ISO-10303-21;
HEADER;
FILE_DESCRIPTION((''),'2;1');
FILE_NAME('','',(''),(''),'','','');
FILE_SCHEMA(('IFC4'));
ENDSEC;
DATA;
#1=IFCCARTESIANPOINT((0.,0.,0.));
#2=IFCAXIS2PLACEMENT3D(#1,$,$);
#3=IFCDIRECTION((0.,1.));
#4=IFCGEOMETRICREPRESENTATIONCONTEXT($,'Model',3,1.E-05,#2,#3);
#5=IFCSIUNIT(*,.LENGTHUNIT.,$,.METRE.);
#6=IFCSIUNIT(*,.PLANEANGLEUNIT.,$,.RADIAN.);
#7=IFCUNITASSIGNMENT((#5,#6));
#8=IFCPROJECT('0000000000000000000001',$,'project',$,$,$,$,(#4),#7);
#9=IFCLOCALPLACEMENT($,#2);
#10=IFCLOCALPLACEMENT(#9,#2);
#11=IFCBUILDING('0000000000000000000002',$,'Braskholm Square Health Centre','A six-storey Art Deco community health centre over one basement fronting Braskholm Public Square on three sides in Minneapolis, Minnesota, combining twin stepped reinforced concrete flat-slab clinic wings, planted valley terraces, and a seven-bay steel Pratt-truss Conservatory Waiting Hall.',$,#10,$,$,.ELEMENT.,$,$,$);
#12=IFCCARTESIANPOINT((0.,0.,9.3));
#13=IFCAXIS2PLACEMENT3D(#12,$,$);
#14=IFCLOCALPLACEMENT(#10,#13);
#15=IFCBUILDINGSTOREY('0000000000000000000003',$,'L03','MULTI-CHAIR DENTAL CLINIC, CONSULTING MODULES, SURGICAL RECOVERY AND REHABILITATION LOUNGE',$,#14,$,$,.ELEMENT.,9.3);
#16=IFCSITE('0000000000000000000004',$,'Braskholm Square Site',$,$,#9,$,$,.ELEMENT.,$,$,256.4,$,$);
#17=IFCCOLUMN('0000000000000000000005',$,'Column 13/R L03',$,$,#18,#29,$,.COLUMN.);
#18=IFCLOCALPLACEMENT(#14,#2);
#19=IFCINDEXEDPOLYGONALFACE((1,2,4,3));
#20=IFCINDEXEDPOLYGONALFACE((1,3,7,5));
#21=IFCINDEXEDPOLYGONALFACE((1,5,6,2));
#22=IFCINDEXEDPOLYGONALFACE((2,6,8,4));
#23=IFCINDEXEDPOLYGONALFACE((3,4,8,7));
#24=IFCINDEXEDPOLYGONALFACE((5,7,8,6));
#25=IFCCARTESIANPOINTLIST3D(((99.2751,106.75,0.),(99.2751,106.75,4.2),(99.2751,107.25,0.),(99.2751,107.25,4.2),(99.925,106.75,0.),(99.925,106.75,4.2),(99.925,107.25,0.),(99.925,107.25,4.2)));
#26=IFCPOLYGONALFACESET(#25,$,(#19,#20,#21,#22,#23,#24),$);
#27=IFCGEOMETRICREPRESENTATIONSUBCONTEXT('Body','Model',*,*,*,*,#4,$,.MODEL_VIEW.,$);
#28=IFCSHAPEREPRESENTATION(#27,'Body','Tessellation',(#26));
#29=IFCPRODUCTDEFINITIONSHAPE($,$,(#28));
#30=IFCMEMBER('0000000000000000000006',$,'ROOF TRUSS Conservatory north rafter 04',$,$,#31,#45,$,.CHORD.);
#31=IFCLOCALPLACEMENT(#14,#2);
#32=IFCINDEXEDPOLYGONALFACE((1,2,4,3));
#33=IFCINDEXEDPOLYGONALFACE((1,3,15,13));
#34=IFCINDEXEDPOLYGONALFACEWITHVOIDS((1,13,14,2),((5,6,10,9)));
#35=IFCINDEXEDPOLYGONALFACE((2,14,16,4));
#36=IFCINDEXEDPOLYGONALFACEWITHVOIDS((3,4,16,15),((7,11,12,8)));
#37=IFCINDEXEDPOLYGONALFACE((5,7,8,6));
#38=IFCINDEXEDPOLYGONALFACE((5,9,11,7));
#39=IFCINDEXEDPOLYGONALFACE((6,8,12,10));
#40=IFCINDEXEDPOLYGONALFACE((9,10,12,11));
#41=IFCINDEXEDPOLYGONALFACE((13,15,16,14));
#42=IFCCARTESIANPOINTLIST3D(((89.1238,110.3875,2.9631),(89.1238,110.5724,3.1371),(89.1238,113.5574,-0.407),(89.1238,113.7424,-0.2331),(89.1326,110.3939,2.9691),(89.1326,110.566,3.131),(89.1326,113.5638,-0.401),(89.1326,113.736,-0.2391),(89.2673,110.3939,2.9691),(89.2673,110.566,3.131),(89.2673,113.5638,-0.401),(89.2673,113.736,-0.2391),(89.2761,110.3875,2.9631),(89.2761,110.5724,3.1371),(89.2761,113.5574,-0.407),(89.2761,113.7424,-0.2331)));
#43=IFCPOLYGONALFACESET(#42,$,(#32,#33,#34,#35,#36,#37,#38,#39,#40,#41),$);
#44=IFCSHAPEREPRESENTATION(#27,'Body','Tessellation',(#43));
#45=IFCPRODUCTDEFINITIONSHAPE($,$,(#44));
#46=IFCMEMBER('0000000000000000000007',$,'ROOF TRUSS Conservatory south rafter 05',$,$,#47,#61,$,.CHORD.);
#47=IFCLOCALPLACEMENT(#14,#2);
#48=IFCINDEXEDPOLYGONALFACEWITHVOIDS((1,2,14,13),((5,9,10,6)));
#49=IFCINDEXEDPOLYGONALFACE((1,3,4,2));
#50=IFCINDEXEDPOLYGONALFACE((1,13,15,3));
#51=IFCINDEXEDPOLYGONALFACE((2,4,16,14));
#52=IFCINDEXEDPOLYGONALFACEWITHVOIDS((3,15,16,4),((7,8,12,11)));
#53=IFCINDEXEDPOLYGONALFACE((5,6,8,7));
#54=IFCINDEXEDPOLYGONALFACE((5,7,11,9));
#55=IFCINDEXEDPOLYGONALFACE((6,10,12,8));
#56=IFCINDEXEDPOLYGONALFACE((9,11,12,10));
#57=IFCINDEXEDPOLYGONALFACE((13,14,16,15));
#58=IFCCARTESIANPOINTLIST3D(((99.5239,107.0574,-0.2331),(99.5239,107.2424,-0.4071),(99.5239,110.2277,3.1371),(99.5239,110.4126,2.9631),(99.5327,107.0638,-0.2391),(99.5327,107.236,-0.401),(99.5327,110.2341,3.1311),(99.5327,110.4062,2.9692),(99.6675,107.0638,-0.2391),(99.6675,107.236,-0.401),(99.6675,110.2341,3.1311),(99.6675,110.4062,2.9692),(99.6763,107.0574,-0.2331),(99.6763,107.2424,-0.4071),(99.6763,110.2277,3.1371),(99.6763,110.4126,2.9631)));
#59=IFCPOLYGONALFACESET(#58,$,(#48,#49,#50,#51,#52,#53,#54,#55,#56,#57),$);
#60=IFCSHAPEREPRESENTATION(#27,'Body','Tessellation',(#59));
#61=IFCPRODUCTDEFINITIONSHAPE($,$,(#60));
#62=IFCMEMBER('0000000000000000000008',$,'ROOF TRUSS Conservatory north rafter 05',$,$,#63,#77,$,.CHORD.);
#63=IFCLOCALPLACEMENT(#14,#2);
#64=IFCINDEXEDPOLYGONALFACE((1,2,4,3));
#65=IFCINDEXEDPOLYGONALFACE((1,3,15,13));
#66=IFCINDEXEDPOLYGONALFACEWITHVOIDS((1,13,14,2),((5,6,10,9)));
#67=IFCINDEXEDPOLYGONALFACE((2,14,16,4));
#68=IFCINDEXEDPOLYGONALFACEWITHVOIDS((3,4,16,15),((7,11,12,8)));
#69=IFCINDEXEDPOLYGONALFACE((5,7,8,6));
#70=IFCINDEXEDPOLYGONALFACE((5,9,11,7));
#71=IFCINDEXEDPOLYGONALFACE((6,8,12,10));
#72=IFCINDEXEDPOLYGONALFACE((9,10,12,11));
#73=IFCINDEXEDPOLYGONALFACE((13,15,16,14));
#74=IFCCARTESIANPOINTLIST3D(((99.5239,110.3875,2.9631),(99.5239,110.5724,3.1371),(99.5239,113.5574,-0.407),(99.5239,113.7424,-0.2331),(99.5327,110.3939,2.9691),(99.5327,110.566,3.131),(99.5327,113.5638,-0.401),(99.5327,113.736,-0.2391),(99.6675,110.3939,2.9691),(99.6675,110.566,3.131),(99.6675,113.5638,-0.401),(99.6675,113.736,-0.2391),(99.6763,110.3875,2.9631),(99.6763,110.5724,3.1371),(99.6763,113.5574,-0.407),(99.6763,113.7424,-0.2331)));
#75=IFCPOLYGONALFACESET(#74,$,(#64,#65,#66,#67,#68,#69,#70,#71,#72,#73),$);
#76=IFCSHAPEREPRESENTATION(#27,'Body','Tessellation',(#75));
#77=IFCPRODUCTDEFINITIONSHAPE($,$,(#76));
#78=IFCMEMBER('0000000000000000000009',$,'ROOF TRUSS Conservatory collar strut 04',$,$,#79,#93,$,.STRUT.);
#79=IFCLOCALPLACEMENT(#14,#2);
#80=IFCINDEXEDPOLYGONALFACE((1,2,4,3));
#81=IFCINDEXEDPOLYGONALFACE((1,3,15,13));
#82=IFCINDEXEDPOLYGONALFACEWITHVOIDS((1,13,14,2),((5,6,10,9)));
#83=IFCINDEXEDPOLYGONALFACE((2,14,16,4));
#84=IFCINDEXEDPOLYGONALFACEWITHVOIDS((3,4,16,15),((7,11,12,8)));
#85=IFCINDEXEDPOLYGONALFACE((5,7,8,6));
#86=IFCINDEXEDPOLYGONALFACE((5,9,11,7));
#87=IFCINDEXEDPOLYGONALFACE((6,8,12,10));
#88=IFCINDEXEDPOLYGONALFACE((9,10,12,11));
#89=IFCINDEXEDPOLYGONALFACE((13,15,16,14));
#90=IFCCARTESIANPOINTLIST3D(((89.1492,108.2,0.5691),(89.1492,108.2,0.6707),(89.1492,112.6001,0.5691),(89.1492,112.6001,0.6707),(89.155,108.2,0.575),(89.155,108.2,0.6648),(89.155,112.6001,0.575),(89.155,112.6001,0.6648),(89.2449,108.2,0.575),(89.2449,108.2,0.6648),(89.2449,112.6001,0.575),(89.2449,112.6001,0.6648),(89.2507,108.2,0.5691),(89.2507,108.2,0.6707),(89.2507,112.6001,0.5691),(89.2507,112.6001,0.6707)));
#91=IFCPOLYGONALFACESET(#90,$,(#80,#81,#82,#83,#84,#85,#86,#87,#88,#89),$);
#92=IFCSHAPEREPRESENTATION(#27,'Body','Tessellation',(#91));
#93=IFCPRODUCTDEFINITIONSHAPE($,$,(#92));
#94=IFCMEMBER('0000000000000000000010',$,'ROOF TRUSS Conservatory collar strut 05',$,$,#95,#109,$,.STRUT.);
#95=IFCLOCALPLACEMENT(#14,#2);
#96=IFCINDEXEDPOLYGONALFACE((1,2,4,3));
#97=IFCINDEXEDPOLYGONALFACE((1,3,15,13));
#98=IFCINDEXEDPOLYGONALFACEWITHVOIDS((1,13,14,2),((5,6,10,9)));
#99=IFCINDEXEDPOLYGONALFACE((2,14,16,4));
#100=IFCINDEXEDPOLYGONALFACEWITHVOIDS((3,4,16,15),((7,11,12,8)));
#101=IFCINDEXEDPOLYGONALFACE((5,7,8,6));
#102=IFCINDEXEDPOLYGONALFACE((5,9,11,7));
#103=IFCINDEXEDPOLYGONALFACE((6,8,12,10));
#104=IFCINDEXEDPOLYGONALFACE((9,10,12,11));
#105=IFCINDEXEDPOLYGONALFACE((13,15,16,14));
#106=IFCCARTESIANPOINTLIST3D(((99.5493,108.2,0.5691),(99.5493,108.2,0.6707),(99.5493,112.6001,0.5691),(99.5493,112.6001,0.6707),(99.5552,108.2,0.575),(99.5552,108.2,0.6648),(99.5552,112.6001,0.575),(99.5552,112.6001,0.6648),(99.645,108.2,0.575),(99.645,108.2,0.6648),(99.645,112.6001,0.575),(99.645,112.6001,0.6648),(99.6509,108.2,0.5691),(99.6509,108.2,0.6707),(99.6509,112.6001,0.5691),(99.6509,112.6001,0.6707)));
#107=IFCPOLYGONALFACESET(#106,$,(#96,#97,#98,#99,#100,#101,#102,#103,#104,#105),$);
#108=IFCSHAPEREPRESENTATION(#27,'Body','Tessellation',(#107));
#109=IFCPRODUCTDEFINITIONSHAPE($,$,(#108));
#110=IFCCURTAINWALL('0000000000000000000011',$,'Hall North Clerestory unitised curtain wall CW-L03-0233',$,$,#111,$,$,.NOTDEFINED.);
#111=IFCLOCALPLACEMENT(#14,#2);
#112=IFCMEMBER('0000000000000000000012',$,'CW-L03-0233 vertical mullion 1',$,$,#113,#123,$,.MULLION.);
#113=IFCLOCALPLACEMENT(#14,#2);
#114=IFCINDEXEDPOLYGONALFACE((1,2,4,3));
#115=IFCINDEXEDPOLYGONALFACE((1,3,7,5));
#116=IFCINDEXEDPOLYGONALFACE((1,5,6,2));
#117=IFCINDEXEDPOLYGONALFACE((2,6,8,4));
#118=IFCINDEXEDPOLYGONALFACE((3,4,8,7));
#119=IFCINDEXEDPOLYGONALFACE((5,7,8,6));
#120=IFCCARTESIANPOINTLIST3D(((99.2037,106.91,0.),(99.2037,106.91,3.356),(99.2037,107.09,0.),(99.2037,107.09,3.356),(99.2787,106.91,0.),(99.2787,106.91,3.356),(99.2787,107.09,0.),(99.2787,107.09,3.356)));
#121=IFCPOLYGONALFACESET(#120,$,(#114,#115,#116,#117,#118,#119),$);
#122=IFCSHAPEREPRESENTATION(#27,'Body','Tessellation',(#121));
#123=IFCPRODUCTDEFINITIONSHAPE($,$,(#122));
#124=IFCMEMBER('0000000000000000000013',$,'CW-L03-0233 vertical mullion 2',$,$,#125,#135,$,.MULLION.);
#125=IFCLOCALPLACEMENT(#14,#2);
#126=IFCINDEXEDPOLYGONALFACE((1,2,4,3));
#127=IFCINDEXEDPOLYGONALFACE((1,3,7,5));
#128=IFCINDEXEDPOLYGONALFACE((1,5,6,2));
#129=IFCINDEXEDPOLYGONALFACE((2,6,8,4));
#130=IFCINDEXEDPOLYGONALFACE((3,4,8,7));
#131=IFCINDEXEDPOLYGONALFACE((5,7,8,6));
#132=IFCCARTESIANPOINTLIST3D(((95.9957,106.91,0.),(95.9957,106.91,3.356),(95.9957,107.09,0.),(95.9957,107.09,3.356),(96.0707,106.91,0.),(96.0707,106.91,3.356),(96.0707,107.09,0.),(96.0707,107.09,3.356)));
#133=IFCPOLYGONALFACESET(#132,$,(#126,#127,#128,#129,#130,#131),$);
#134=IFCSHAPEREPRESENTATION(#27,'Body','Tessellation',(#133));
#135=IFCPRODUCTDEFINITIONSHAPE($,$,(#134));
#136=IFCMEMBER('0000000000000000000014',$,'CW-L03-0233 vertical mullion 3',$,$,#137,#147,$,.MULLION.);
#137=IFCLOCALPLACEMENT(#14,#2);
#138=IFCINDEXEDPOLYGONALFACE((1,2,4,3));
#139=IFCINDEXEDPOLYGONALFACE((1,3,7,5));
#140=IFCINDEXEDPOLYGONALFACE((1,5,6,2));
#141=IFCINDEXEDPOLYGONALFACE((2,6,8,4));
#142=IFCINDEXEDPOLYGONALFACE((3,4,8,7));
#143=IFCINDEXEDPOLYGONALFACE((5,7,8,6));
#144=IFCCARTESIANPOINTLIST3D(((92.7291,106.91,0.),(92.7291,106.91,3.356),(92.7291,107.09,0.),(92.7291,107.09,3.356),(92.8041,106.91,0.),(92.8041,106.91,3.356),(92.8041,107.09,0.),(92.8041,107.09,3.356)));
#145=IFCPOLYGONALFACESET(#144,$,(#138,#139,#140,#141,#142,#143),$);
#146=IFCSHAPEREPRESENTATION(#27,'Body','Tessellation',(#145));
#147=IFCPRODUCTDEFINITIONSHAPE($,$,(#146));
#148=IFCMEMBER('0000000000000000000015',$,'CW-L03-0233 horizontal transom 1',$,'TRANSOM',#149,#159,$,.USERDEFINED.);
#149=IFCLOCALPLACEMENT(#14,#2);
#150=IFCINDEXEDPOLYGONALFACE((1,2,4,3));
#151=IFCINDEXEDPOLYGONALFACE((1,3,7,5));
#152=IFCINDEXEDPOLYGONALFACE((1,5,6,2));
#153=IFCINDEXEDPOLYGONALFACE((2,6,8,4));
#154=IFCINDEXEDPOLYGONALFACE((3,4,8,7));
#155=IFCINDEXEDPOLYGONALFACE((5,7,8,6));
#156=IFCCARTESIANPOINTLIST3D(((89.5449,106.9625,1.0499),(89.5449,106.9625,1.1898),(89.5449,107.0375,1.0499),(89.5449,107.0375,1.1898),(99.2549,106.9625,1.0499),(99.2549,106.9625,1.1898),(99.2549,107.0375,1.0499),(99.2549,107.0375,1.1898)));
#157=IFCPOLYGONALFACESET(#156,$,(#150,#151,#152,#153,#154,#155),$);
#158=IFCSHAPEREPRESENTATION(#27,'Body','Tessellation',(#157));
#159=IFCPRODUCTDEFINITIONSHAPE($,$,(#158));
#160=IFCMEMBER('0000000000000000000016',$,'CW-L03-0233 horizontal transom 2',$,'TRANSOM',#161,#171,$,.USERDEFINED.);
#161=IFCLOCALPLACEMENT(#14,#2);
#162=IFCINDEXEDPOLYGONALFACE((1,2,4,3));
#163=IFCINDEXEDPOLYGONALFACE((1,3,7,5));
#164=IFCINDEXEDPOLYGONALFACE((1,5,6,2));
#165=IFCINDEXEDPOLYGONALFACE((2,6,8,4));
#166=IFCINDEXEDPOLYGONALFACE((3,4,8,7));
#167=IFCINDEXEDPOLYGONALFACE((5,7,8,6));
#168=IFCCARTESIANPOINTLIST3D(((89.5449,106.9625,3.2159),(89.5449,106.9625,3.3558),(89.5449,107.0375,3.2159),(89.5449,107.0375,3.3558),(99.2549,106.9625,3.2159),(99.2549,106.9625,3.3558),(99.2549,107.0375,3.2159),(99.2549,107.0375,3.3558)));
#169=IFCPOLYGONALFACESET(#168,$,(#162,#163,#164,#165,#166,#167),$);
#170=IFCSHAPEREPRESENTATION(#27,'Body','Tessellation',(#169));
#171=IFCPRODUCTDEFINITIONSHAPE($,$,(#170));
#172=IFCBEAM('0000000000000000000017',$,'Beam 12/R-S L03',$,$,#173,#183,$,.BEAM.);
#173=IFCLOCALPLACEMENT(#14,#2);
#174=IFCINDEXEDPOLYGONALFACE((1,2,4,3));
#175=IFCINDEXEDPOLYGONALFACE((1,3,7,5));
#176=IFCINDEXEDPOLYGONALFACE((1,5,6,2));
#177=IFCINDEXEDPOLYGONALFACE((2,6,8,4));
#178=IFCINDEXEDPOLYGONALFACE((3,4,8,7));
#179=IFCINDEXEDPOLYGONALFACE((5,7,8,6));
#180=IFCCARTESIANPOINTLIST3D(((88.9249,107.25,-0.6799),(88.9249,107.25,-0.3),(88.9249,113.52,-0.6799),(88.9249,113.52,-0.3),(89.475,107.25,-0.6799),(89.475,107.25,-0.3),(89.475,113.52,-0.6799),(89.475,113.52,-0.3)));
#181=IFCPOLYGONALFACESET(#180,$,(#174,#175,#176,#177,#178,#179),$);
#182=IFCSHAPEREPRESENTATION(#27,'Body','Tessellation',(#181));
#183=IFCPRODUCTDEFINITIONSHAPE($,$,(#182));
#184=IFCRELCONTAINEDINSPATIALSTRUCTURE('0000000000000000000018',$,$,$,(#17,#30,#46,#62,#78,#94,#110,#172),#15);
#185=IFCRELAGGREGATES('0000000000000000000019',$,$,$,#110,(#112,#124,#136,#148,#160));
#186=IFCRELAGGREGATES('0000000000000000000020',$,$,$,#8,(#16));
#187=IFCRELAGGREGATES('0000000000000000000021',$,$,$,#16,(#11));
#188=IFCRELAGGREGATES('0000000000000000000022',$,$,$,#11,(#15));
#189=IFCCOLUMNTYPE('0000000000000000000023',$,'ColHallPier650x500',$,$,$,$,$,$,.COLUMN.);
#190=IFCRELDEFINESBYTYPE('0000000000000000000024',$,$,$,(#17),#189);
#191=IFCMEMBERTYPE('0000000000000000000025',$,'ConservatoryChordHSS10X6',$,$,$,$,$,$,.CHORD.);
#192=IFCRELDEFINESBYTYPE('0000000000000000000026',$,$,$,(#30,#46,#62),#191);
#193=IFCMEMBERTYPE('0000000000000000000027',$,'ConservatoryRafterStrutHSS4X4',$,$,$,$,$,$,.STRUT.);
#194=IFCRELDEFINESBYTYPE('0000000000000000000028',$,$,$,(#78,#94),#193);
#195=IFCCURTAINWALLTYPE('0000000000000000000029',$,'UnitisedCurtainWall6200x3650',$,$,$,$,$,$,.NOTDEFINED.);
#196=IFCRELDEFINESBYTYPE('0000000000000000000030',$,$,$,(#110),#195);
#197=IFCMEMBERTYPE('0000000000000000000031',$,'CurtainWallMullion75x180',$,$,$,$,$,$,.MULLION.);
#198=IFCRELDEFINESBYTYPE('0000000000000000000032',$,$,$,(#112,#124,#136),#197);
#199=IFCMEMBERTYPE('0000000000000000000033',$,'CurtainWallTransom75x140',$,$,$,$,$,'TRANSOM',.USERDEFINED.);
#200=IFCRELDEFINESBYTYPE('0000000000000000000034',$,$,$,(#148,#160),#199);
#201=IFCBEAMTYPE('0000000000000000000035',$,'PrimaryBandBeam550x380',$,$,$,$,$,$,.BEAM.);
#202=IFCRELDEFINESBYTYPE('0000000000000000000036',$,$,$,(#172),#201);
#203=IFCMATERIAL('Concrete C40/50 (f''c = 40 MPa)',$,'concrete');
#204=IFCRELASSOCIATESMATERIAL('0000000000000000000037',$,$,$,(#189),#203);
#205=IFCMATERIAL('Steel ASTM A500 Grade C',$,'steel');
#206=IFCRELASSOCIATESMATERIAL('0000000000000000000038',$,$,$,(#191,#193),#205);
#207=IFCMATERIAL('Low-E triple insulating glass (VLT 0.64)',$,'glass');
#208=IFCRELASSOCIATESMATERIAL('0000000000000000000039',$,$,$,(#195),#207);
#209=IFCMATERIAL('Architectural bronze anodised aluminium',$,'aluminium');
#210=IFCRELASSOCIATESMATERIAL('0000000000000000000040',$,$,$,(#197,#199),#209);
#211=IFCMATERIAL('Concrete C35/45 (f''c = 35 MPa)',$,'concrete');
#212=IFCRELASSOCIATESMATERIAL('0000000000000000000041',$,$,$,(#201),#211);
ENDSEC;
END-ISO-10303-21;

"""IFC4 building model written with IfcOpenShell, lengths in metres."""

from ifc_helpers import new_model, si_unit, direction, frame, origin, origin_2d, place, context, subcontext, project, spatial, rectangle, hollow_rectangle, extrude, material, material_profile, profile_set, type_object, element, aggregate, save


model = new_model("IFC4")

# Units and contexts
model_context = context("Model", 3, precision=1e-05, world=origin(), true_north=direction((0.0, 1.0)))
body_context = subcontext(model_context, "Body", "Model", "MODEL_VIEW")
ifc_project = project(units=[si_unit("LENGTHUNIT", "METRE"), si_unit("PLANEANGLEUNIT", "RADIAN")], contexts=[model_context])

# Site, building, storey
site_placement = place(None, origin())
site = spatial("IfcSite", under=ifc_project, at=site_placement, Name="Braskholm Square Site", CompositionType="ELEMENT", RefElevation=256.4)
building_placement = place(site_placement, origin())
building = spatial("IfcBuilding", under=site, at=building_placement, Name="Braskholm Square Health Centre", Description="A six-storey Art Deco community health centre over one basement fronting Braskholm Public Square on three sides in Minneapolis, Minnesota, combining twin stepped reinforced concrete flat-slab clinic wings, planted valley terraces, and a seven-bay steel Pratt-truss Conservatory Waiting Hall.", CompositionType="ELEMENT")
storey_placement = place(building_placement, frame((0.0, 0.0, 9.3)))
storey = spatial("IfcBuildingStorey", under=building, at=storey_placement, Name="L03", Description="MULTI-CHAIR DENTAL CLINIC, CONSULTING MODULES, SURGICAL RECOVERY AND REHABILITATION LOUNGE", CompositionType="ELEMENT", Elevation=9.3)

# Column
ifc_material_1 = material(Name="Concrete C40/50 (f'c = 40 MPa)", Category="concrete")
ifc_material_profile_1 = material_profile(ifc_material_1, rectangle(XDim=0.6499, YDim=0.5, at=origin_2d()), Name="RC-650X500")
ifc_profile_set_1 = profile_set([ifc_material_profile_1], Name="Concrete C40/50 (f'c = 40 MPa)")
column_type = type_object("IfcColumnType", Name="ColHallPier650x500", PredefinedType="COLUMN", material=ifc_profile_set_1)
column_placement = place(storey_placement, frame((99.6001, 107.0, 0.0), z_axis=(0.0, 0.0, 1.0), x_axis=(1.0, 0.0, 0.0)))
element("IfcColumn", 1, at=column_placement, inside=storey, type_object=column_type, Name="Column 13/R L03", PredefinedType="COLUMN", context=body_context, shape_type="SweptSolid", body=[
    extrude(rectangle(XDim=0.6499, YDim=0.5, at=origin_2d()), origin(), (0.0, 0.0, 1.0), 4.2),
])

# Members
ifc_material_2 = material(Name="Steel ASTM A500 Grade C", Category="steel")
ifc_material_profile_2 = material_profile(ifc_material_2, hollow_rectangle(XDim=0.1523, YDim=0.2539, WallThickness=0.0088, at=origin_2d()), Name="HSS10X6X3/8")
ifc_profile_set_2 = profile_set([ifc_material_profile_2], Name="Steel ASTM A500 Grade C")
member_type_1 = type_object("IfcMemberType", Name="ConservatoryChordHSS10X6", PredefinedType="CHORD", material=ifc_profile_set_2)
member_1_placement = place(storey_placement, frame((89.2, 113.6499, -0.3201), z_axis=(0.0, -0.685141, 0.728411), x_axis=(1.0, 0.0, 0.0)))
element("IfcMember", 2, at=member_1_placement, inside=storey, type_object=member_type_1, Name="ROOF TRUSS Conservatory north rafter 04", PredefinedType="CHORD", context=body_context, shape_type="SweptSolid", body=[
    extrude(hollow_rectangle(XDim=0.1523, YDim=0.2539, WallThickness=0.0088, at=origin_2d()), origin(), (0.0, 0.0, 1.0), 4.6267),
])
member_2_placement = place(storey_placement, frame((99.6001, 107.1499, -0.3201), z_axis=(0.0, 0.685169, 0.728384), x_axis=(-1.0, 0.0, 0.0)))
element("IfcMember", 3, at=member_2_placement, inside=storey, type_object=member_type_1, Name="ROOF TRUSS Conservatory south rafter 05", PredefinedType="CHORD", context=body_context, shape_type="SweptSolid", body=[
    extrude(hollow_rectangle(XDim=0.1523, YDim=0.2539, WallThickness=0.0088, at=origin_2d()), origin(), (0.0, 0.0, 1.0), 4.627),
])
member_3_placement = place(storey_placement, frame((99.6001, 113.6499, -0.3201), z_axis=(0.0, -0.685141, 0.728411), x_axis=(1.0, 0.0, 0.0)))
element("IfcMember", 4, at=member_3_placement, inside=storey, type_object=member_type_1, Name="ROOF TRUSS Conservatory north rafter 05", PredefinedType="CHORD", context=body_context, shape_type="SweptSolid", body=[
    extrude(hollow_rectangle(XDim=0.1523, YDim=0.2539, WallThickness=0.0088, at=origin_2d()), origin(), (0.0, 0.0, 1.0), 4.6267),
])
ifc_material_profile_3 = material_profile(ifc_material_2, hollow_rectangle(XDim=0.1016, YDim=0.1016, WallThickness=0.0059, at=origin_2d()), Name="HSS4X4X1/4")
ifc_profile_set_3 = profile_set([ifc_material_profile_3], Name="Steel ASTM A500 Grade C")
member_type_2 = type_object("IfcMemberType", Name="ConservatoryRafterStrutHSS4X4", PredefinedType="STRUT", material=ifc_profile_set_3)
for number, where, z_axis, x_axis, name in (
    (5, (89.2, 108.2, 0.6199), (0.0, 1.0, 0.0), (-1.0, 0.0, 0.0), "ROOF TRUSS Conservatory collar strut 04"),
    (6, (99.6001, 108.2, 0.6199), (0.0, 1.0, 0.0), (-1.0, 0.0, 0.0), "ROOF TRUSS Conservatory collar strut 05"),
):
    element("IfcMember", number, at=place(storey_placement, frame(where, z_axis=z_axis, x_axis=x_axis)), inside=storey, type_object=member_type_2, Name=name, PredefinedType="STRUT", context=body_context, shape_type="SweptSolid", body=[
        extrude(hollow_rectangle(XDim=0.1016, YDim=0.1016, WallThickness=0.0059, at=origin_2d()), origin(), (0.0, 0.0, 1.0), 4.4001),
    ])

# Curtain wall, members
ifc_material_3 = material(Name="Low-E triple insulating glass (VLT 0.64)", Category="glass")
curtain_wall_type = type_object("IfcCurtainWallType", Name="UnitisedCurtainWall6200x3650", PredefinedType="NOTDEFINED", material=ifc_material_3)
curtain_wall_placement = place(storey_placement, origin())
curtain_wall = element("IfcCurtainWall", 7, at=curtain_wall_placement, inside=storey, type_object=curtain_wall_type, Name="Hall North Clerestory unitised curtain wall CW-L03-0233", PredefinedType="NOTDEFINED")
ifc_material_4 = material(Name="Architectural bronze anodised aluminium", Category="aluminium")
ifc_material_profile_4 = material_profile(ifc_material_4, rectangle(XDim=0.075, YDim=0.1799, at=origin_2d()), Name="ALU-75X180")
ifc_profile_set_4 = profile_set([ifc_material_profile_4], Name="Architectural bronze anodised aluminium")
member_type_3 = type_object("IfcMemberType", Name="CurtainWallMullion75x180", PredefinedType="MULLION", material=ifc_profile_set_4)
member_4_placement = place(storey_placement, frame((99.2412, 107.0, 0.0), z_axis=(0.0, 0.0, 1.0), x_axis=(1.0, 0.0, 0.0)))
member_4 = element("IfcMember", 8, at=member_4_placement, type_object=member_type_3, Name="CW-L03-0233 vertical mullion 1", PredefinedType="MULLION", context=body_context, shape_type="SweptSolid", body=[
    extrude(rectangle(XDim=0.075, YDim=0.1799, at=origin_2d()), origin(), (0.0, 0.0, 1.0), 3.356),
])
member_5_placement = place(storey_placement, frame((96.0332, 107.0, 0.0), z_axis=(0.0, 0.0, 1.0), x_axis=(1.0, 0.0, 0.0)))
member_5 = element("IfcMember", 9, at=member_5_placement, type_object=member_type_3, Name="CW-L03-0233 vertical mullion 2", PredefinedType="MULLION", context=body_context, shape_type="SweptSolid", body=[
    extrude(rectangle(XDim=0.075, YDim=0.1799, at=origin_2d()), origin(), (0.0, 0.0, 1.0), 3.356),
])
member_6_placement = place(storey_placement, frame((92.7666, 107.0, 0.0), z_axis=(0.0, 0.0, 1.0), x_axis=(1.0, 0.0, 0.0)))
member_6 = element("IfcMember", 10, at=member_6_placement, type_object=member_type_3, Name="CW-L03-0233 vertical mullion 3", PredefinedType="MULLION", context=body_context, shape_type="SweptSolid", body=[
    extrude(rectangle(XDim=0.075, YDim=0.1799, at=origin_2d()), origin(), (0.0, 0.0, 1.0), 3.356),
])
ifc_material_profile_5 = material_profile(ifc_material_4, rectangle(XDim=0.075, YDim=0.1399, at=origin_2d()), Name="ALU-75X140")
ifc_profile_set_5 = profile_set([ifc_material_profile_5], Name="Architectural bronze anodised aluminium")
member_type_4 = type_object("IfcMemberType", Name="CurtainWallTransom75x140", ElementType="TRANSOM", PredefinedType="USERDEFINED", material=ifc_profile_set_5)
member_7_placement = place(storey_placement, frame((99.2549, 107.0, 1.1199), z_axis=(-1.0, 0.0, 0.0), x_axis=(0.0, -1.0, 0.0)))
member_7 = element("IfcMember", 11, at=member_7_placement, type_object=member_type_4, Name="CW-L03-0233 horizontal transom 1", ObjectType="TRANSOM", PredefinedType="USERDEFINED", context=body_context, shape_type="SweptSolid", body=[
    extrude(rectangle(XDim=0.075, YDim=0.1399, at=origin_2d()), origin(), (0.0, 0.0, 1.0), 9.71),
])
member_8_placement = place(storey_placement, frame((99.2549, 107.0, 3.2859), z_axis=(-1.0, 0.0, 0.0), x_axis=(0.0, -1.0, 0.0)))
member_8 = element("IfcMember", 12, at=member_8_placement, type_object=member_type_4, Name="CW-L03-0233 horizontal transom 2", ObjectType="TRANSOM", PredefinedType="USERDEFINED", context=body_context, shape_type="SweptSolid", body=[
    extrude(rectangle(XDim=0.075, YDim=0.1399, at=origin_2d()), origin(), (0.0, 0.0, 1.0), 9.71),
])

# Beam
ifc_material_5 = material(Name="Concrete C35/45 (f'c = 35 MPa)", Category="concrete")
ifc_material_profile_6 = material_profile(ifc_material_5, rectangle(XDim=0.55, YDim=0.3799, at=origin_2d()), Name="RCB-550X380")
ifc_profile_set_6 = profile_set([ifc_material_profile_6], Name="Concrete C35/45 (f'c = 35 MPa)")
beam_type_1 = type_object("IfcBeamType", Name="PrimaryBandBeam550x380", PredefinedType="BEAM", material=ifc_profile_set_6)
for number, where, z_axis, x_axis, name in (
    (13, (89.2, 107.25, -0.49), (0.0, 1.0, 0.0), (-1.0, 0.0, 0.0), "Beam 12/R-S L03"),
):
    element("IfcBeam", number, at=place(storey_placement, frame(where, z_axis=z_axis, x_axis=x_axis)), inside=storey, type_object=beam_type_1, Name=name, PredefinedType="BEAM", context=body_context, shape_type="SweptSolid", body=[
        extrude(rectangle(XDim=0.55, YDim=0.3799, at=origin_2d()), origin(), (0.0, 0.0, 1.0), 6.27),
    ])

aggregate(curtain_wall, [member_4, member_5, member_6, member_7, member_8])

save(model, "model.ifc")
